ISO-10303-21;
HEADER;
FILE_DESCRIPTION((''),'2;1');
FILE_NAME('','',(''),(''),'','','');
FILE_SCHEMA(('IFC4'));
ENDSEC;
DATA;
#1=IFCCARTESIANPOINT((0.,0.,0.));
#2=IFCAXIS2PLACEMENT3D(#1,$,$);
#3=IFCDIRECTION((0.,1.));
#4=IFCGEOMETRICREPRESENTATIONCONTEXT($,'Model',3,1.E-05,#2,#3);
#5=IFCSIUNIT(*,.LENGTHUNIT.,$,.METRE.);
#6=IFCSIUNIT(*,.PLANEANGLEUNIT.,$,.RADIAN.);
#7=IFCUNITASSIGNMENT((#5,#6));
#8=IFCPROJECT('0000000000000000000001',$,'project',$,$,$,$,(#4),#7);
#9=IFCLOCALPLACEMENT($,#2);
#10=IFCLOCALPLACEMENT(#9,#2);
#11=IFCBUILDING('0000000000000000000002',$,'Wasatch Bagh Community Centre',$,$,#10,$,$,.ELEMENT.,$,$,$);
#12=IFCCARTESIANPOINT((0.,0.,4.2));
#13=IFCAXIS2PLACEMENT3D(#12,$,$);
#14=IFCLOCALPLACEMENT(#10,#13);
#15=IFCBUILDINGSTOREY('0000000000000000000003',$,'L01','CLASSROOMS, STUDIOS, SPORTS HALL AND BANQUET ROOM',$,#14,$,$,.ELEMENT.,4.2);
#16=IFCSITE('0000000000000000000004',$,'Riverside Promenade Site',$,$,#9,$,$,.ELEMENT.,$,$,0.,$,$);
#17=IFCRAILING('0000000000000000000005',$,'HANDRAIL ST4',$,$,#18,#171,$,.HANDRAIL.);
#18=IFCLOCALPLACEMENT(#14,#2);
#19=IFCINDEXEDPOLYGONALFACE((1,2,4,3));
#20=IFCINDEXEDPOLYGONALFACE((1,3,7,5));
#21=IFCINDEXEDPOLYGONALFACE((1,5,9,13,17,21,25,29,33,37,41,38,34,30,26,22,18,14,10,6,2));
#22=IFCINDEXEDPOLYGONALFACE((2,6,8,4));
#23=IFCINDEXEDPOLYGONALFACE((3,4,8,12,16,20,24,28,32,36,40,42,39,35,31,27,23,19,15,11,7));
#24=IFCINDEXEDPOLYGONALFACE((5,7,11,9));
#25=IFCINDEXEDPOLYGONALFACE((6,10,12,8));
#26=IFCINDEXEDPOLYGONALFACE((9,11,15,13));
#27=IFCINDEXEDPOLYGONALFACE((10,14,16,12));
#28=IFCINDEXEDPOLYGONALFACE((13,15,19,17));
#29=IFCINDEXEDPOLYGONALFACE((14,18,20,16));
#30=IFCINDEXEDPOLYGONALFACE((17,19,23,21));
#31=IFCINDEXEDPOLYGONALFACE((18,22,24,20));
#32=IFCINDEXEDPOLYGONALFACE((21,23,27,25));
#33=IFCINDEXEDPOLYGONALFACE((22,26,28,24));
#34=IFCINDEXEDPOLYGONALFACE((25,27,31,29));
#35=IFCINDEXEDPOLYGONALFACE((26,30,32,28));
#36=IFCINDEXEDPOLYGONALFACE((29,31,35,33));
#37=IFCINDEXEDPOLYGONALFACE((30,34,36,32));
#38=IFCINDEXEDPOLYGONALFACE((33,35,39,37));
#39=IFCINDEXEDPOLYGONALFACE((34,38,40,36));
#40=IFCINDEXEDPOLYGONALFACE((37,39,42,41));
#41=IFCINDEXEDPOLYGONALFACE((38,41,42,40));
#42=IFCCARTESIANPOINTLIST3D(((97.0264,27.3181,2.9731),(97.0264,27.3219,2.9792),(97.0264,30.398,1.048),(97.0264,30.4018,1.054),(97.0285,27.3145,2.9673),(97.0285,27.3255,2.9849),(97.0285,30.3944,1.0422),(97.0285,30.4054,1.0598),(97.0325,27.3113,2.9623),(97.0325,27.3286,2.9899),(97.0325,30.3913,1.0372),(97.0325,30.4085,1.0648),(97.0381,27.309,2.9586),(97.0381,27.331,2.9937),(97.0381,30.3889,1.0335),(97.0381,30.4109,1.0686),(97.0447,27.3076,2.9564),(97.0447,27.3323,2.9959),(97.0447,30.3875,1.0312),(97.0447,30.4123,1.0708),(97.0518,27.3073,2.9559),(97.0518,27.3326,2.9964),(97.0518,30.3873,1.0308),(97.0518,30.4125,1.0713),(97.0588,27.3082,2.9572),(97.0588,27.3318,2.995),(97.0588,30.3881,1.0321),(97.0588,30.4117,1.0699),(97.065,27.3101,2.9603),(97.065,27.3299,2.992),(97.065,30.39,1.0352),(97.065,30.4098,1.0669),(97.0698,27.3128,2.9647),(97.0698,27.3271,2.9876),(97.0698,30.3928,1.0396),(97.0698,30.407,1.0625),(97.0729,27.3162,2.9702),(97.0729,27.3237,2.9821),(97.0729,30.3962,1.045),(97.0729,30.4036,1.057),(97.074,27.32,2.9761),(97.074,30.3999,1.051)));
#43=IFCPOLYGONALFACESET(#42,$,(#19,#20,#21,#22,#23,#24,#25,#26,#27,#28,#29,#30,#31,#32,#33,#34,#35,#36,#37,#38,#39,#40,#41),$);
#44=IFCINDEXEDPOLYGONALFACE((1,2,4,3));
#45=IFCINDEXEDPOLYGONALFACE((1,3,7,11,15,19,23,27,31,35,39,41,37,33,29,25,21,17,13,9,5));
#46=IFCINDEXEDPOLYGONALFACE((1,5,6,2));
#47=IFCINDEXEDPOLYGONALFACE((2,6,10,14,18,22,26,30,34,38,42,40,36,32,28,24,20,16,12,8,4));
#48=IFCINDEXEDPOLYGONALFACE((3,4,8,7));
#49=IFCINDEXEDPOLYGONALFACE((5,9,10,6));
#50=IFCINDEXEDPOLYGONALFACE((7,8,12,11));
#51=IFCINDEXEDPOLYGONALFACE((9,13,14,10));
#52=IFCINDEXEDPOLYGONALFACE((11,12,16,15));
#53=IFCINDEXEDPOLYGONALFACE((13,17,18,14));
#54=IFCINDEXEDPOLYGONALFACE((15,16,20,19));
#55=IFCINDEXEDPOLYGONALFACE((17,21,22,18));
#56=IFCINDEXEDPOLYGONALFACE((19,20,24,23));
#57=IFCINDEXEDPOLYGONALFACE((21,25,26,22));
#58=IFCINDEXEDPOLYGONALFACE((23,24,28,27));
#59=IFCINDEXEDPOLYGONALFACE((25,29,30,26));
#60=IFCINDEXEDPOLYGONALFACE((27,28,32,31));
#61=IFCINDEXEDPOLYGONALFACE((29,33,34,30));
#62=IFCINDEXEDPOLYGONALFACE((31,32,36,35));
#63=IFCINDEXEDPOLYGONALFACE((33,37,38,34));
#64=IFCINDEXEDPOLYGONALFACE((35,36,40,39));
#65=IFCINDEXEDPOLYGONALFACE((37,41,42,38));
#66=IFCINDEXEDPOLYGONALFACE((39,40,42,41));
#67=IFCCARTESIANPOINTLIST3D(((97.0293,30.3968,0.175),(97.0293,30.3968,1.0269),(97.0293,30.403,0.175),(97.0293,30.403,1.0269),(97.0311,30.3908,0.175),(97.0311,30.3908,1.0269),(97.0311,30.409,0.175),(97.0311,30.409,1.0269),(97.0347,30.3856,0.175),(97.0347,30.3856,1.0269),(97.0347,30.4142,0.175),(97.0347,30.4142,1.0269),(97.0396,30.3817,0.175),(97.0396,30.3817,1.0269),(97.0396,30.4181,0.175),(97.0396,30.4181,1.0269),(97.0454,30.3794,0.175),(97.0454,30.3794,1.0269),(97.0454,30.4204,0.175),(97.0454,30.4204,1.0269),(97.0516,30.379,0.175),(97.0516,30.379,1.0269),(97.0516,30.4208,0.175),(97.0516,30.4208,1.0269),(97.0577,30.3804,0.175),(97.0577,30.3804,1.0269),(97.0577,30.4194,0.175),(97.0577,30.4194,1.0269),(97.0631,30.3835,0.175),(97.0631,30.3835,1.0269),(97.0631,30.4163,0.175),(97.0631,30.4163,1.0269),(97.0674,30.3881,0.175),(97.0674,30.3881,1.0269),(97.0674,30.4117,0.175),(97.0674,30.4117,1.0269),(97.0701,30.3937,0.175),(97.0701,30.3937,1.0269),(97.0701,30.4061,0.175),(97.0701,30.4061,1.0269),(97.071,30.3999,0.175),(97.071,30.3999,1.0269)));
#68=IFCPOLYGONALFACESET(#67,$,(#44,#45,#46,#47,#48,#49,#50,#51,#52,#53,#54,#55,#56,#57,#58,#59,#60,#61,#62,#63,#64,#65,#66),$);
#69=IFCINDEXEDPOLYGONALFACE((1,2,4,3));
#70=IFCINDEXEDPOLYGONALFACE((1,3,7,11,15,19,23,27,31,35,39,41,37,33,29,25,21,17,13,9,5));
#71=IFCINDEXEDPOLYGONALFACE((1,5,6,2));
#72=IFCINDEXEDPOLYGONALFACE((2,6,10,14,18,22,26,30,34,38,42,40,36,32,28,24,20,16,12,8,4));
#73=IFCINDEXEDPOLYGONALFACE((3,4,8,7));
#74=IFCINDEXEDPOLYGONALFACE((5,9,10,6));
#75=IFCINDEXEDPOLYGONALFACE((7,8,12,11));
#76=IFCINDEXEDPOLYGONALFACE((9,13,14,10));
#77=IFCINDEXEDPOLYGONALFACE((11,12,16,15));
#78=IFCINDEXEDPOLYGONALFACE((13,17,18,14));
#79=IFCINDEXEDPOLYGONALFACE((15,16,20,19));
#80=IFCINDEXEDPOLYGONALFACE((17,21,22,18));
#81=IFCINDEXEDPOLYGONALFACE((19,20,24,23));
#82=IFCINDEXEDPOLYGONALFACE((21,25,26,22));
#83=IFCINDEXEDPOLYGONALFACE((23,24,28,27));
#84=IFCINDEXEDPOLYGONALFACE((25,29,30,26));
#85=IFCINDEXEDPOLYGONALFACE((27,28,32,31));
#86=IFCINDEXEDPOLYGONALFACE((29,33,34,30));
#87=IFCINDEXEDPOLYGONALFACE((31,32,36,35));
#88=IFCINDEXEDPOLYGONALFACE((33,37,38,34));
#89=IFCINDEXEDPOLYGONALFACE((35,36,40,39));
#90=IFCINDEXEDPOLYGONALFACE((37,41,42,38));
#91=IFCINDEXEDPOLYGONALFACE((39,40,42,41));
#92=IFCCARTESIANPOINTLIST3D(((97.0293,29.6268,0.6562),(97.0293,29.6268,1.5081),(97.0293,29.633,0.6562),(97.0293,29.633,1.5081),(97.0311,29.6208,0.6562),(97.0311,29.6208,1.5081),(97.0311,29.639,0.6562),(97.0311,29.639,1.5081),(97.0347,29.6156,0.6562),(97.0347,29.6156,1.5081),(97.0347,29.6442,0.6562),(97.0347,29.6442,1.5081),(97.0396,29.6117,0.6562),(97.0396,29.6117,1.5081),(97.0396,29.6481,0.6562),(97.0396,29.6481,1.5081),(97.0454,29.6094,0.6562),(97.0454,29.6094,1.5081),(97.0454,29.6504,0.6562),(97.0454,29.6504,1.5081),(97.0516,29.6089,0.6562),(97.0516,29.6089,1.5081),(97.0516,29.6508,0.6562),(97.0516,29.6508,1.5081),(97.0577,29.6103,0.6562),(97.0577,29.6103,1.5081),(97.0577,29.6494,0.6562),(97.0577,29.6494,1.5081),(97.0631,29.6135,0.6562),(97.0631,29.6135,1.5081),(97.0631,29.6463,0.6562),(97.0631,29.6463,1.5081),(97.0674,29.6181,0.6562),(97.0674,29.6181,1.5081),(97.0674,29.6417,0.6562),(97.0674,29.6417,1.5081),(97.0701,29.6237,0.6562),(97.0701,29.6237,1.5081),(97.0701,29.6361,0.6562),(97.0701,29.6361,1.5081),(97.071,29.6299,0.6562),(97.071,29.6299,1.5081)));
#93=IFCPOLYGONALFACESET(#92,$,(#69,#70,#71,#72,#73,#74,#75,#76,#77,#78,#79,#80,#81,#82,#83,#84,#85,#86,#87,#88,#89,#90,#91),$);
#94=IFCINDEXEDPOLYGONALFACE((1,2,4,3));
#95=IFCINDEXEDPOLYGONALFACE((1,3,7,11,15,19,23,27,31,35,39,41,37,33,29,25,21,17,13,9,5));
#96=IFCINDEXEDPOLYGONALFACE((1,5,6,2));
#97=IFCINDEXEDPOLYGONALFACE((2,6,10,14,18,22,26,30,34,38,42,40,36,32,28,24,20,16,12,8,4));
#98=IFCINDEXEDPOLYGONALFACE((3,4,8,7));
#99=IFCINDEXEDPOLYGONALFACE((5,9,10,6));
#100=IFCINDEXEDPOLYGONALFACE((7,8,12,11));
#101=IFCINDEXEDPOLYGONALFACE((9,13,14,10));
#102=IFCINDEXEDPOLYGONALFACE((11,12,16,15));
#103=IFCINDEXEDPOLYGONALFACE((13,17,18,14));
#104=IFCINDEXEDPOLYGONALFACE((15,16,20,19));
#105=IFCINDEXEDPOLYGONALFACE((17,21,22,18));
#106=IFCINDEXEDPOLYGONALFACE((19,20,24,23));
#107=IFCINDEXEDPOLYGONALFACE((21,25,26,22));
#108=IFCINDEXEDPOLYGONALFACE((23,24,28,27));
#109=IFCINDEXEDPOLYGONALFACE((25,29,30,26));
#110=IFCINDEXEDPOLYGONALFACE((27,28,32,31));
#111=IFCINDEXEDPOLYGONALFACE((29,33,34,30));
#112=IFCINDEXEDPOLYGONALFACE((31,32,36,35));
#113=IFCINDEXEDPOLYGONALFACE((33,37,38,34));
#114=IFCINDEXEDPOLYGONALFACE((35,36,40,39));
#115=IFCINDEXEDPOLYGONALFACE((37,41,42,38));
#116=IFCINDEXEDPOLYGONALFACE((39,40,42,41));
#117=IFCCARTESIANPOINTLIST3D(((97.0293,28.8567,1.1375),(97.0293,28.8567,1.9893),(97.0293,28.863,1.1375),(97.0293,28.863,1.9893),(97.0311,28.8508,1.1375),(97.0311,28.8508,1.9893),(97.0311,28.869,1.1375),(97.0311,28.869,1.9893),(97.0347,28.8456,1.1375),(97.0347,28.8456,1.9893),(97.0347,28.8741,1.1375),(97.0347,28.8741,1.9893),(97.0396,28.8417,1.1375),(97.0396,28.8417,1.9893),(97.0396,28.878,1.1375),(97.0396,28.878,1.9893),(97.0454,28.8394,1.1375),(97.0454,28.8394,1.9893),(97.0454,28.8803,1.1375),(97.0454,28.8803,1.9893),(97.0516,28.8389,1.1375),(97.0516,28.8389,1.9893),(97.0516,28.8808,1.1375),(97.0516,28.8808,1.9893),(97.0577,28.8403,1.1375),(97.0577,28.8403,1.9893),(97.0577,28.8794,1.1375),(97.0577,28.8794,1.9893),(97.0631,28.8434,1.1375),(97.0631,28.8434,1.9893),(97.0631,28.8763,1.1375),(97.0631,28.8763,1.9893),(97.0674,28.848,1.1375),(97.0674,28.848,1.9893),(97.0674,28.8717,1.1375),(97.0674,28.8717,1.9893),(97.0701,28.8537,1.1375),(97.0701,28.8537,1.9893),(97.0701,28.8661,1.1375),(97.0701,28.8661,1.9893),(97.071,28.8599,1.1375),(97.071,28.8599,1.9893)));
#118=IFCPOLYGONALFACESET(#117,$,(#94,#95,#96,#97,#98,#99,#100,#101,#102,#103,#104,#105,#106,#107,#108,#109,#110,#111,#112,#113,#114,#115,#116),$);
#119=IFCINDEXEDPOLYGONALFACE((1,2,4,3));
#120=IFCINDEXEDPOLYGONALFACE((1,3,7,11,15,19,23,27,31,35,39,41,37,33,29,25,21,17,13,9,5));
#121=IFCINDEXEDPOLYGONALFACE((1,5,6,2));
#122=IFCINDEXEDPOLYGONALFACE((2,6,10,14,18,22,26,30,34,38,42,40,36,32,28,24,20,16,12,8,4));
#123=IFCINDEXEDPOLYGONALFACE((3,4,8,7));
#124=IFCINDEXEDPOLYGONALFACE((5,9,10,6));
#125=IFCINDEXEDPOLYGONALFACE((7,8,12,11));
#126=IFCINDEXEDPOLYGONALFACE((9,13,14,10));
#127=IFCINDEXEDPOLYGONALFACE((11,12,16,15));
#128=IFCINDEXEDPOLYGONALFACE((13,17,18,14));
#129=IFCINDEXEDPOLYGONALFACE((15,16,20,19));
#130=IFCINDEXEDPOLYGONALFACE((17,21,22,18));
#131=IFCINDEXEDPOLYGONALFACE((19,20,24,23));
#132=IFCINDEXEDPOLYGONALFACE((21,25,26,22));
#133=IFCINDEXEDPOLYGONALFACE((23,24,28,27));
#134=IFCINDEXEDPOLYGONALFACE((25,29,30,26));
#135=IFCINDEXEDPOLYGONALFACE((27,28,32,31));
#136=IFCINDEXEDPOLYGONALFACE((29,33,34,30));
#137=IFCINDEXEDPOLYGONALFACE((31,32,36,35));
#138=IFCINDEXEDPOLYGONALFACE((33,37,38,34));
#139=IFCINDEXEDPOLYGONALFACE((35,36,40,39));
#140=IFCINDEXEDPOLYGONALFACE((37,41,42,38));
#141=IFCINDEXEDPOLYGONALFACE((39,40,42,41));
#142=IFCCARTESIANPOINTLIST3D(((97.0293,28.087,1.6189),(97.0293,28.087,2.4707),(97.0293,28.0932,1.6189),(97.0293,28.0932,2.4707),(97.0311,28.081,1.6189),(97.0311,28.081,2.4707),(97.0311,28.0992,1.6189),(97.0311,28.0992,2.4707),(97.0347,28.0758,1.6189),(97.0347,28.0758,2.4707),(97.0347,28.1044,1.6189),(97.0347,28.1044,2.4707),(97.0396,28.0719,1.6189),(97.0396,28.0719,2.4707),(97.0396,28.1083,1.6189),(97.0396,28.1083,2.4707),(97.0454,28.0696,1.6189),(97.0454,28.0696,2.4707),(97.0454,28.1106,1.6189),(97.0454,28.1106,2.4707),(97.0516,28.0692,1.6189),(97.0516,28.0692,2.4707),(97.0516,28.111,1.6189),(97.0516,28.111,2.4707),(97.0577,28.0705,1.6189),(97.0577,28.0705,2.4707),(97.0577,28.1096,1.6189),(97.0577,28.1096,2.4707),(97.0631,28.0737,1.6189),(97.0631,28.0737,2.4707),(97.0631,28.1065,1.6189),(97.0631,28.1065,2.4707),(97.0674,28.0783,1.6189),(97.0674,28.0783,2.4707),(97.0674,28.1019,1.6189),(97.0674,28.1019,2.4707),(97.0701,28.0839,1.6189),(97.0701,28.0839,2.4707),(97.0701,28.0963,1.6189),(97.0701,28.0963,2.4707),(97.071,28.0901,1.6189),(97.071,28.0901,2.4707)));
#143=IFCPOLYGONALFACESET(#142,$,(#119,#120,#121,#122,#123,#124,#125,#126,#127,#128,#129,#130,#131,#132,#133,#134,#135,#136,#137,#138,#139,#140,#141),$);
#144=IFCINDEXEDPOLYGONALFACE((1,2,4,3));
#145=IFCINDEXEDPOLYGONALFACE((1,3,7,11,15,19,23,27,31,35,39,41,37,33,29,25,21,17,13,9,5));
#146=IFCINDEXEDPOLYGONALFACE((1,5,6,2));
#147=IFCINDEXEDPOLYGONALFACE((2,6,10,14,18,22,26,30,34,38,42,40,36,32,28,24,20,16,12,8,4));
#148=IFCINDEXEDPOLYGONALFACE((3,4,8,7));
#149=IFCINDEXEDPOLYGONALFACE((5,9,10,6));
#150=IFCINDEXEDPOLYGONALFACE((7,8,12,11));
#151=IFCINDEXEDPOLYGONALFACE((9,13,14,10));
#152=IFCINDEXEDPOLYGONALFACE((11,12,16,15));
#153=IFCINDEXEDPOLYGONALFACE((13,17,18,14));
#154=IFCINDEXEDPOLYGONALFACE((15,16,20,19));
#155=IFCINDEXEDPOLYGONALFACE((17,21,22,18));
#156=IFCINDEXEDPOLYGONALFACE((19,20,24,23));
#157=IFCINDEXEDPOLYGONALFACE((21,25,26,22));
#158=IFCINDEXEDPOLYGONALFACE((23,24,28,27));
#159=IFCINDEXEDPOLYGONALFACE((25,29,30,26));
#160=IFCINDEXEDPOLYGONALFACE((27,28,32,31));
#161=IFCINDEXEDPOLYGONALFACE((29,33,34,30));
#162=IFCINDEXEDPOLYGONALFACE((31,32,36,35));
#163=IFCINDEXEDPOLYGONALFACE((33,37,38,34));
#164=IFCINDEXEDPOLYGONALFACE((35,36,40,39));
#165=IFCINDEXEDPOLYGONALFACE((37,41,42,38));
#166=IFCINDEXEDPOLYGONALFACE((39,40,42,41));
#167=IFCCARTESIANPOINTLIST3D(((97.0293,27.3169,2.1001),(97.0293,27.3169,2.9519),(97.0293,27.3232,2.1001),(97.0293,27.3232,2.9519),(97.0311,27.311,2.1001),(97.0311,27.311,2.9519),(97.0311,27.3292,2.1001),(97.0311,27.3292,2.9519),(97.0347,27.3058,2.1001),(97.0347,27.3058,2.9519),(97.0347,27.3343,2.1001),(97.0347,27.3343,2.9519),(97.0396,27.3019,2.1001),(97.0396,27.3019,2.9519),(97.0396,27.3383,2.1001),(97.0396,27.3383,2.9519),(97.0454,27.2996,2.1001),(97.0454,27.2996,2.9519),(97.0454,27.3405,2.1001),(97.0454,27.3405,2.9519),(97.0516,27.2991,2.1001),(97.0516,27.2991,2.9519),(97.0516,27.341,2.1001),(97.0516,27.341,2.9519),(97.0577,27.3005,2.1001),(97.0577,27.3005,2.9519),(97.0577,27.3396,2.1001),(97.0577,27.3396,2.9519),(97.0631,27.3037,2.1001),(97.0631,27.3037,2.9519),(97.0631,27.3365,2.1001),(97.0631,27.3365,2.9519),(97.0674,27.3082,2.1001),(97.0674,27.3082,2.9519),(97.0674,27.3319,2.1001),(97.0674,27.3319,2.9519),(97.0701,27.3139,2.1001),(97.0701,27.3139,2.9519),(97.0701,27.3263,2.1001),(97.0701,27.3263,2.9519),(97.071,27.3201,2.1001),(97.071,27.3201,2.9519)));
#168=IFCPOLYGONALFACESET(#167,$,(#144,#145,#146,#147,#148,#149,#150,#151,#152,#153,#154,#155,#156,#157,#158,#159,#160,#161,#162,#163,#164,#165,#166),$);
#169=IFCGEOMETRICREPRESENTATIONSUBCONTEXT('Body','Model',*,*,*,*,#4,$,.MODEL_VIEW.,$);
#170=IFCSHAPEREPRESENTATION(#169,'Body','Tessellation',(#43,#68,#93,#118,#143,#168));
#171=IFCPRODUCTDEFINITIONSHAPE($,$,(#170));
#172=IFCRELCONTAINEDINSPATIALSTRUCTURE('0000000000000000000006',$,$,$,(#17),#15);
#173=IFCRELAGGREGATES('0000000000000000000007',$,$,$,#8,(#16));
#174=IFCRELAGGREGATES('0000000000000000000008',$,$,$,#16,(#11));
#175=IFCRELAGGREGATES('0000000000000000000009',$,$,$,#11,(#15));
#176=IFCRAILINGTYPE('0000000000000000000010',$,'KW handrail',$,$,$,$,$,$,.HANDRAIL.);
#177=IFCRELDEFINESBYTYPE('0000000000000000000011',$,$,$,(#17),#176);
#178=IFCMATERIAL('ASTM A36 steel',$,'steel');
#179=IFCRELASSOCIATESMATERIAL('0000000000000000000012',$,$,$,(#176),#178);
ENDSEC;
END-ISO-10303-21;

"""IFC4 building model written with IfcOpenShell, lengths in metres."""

from ifc_helpers import new_model, si_unit, direction, frame, origin, origin_2d, place, context, subcontext, project, spatial, circle, extrude, material, type_object, element, save


model = new_model("IFC4")

# Units and contexts
model_context = context("Model", 3, precision=1e-05, world=origin(), true_north=direction((0.0, 1.0)))
body_context = subcontext(model_context, "Body", "Model", "MODEL_VIEW")
ifc_project = project(units=[si_unit("LENGTHUNIT", "METRE"), si_unit("PLANEANGLEUNIT", "RADIAN")], contexts=[model_context])

# Site, building, storey
site_placement = place(None, origin())
site = spatial("IfcSite", under=ifc_project, at=site_placement, Name="Riverside Promenade Site", CompositionType="ELEMENT", RefElevation=0.0)
building_placement = place(site_placement, origin())
building = spatial("IfcBuilding", under=site, at=building_placement, Name="Wasatch Bagh Community Centre", CompositionType="ELEMENT")
storey_placement = place(building_placement, frame((0.0, 0.0, 4.2)))
storey = spatial("IfcBuildingStorey", under=building, at=storey_placement, Name="L01", Description="CLASSROOMS, STUDIOS, SPORTS HALL AND BANQUET ROOM", CompositionType="ELEMENT", Elevation=4.2)

# Railing
ifc_material_1 = material(Name="ASTM A36 steel", Category="steel")
railing_type_1 = type_object("IfcRailingType", Name="KW handrail", PredefinedType="HANDRAIL", material=ifc_material_1)
for number, where, name in (
    (1, (97.05, 30.3999, 0.175), "HANDRAIL ST4"),
):
    element("IfcRailing", number, at=place(storey_placement, frame(where)), inside=storey, type_object=railing_type_1, Name=name, PredefinedType="HANDRAIL", context=body_context, shape_type="SweptSolid", body=[
        extrude(circle(Radius=0.0239, at=origin_2d()), frame((0.0, 0.0, 0.876), z_axis=(0.0, -0.847979, 0.530029), x_axis=(1.0, 0.0, 0.0)), (0.0, 0.0, 1.0), 3.6321),
        extrude(circle(Radius=0.021, at=origin_2d()), origin(), (0.0, 0.0, 1.0), 0.8518),
        extrude(circle(Radius=0.021, at=origin_2d()), frame((0.0, -0.77, 0.4812)), (0.0, 0.0, 1.0), 0.8518),
        extrude(circle(Radius=0.021, at=origin_2d()), frame((0.0, -1.54, 0.9624)), (0.0, 0.0, 1.0), 0.8518),
        extrude(circle(Radius=0.021, at=origin_2d()), frame((0.0, -2.3098, 1.4438)), (0.0, 0.0, 1.0), 0.8518),
        extrude(circle(Radius=0.021, at=origin_2d()), frame((0.0, -3.0798, 1.925)), (0.0, 0.0, 1.0), 0.8518),
    ])

save(model, "model.ifc")
